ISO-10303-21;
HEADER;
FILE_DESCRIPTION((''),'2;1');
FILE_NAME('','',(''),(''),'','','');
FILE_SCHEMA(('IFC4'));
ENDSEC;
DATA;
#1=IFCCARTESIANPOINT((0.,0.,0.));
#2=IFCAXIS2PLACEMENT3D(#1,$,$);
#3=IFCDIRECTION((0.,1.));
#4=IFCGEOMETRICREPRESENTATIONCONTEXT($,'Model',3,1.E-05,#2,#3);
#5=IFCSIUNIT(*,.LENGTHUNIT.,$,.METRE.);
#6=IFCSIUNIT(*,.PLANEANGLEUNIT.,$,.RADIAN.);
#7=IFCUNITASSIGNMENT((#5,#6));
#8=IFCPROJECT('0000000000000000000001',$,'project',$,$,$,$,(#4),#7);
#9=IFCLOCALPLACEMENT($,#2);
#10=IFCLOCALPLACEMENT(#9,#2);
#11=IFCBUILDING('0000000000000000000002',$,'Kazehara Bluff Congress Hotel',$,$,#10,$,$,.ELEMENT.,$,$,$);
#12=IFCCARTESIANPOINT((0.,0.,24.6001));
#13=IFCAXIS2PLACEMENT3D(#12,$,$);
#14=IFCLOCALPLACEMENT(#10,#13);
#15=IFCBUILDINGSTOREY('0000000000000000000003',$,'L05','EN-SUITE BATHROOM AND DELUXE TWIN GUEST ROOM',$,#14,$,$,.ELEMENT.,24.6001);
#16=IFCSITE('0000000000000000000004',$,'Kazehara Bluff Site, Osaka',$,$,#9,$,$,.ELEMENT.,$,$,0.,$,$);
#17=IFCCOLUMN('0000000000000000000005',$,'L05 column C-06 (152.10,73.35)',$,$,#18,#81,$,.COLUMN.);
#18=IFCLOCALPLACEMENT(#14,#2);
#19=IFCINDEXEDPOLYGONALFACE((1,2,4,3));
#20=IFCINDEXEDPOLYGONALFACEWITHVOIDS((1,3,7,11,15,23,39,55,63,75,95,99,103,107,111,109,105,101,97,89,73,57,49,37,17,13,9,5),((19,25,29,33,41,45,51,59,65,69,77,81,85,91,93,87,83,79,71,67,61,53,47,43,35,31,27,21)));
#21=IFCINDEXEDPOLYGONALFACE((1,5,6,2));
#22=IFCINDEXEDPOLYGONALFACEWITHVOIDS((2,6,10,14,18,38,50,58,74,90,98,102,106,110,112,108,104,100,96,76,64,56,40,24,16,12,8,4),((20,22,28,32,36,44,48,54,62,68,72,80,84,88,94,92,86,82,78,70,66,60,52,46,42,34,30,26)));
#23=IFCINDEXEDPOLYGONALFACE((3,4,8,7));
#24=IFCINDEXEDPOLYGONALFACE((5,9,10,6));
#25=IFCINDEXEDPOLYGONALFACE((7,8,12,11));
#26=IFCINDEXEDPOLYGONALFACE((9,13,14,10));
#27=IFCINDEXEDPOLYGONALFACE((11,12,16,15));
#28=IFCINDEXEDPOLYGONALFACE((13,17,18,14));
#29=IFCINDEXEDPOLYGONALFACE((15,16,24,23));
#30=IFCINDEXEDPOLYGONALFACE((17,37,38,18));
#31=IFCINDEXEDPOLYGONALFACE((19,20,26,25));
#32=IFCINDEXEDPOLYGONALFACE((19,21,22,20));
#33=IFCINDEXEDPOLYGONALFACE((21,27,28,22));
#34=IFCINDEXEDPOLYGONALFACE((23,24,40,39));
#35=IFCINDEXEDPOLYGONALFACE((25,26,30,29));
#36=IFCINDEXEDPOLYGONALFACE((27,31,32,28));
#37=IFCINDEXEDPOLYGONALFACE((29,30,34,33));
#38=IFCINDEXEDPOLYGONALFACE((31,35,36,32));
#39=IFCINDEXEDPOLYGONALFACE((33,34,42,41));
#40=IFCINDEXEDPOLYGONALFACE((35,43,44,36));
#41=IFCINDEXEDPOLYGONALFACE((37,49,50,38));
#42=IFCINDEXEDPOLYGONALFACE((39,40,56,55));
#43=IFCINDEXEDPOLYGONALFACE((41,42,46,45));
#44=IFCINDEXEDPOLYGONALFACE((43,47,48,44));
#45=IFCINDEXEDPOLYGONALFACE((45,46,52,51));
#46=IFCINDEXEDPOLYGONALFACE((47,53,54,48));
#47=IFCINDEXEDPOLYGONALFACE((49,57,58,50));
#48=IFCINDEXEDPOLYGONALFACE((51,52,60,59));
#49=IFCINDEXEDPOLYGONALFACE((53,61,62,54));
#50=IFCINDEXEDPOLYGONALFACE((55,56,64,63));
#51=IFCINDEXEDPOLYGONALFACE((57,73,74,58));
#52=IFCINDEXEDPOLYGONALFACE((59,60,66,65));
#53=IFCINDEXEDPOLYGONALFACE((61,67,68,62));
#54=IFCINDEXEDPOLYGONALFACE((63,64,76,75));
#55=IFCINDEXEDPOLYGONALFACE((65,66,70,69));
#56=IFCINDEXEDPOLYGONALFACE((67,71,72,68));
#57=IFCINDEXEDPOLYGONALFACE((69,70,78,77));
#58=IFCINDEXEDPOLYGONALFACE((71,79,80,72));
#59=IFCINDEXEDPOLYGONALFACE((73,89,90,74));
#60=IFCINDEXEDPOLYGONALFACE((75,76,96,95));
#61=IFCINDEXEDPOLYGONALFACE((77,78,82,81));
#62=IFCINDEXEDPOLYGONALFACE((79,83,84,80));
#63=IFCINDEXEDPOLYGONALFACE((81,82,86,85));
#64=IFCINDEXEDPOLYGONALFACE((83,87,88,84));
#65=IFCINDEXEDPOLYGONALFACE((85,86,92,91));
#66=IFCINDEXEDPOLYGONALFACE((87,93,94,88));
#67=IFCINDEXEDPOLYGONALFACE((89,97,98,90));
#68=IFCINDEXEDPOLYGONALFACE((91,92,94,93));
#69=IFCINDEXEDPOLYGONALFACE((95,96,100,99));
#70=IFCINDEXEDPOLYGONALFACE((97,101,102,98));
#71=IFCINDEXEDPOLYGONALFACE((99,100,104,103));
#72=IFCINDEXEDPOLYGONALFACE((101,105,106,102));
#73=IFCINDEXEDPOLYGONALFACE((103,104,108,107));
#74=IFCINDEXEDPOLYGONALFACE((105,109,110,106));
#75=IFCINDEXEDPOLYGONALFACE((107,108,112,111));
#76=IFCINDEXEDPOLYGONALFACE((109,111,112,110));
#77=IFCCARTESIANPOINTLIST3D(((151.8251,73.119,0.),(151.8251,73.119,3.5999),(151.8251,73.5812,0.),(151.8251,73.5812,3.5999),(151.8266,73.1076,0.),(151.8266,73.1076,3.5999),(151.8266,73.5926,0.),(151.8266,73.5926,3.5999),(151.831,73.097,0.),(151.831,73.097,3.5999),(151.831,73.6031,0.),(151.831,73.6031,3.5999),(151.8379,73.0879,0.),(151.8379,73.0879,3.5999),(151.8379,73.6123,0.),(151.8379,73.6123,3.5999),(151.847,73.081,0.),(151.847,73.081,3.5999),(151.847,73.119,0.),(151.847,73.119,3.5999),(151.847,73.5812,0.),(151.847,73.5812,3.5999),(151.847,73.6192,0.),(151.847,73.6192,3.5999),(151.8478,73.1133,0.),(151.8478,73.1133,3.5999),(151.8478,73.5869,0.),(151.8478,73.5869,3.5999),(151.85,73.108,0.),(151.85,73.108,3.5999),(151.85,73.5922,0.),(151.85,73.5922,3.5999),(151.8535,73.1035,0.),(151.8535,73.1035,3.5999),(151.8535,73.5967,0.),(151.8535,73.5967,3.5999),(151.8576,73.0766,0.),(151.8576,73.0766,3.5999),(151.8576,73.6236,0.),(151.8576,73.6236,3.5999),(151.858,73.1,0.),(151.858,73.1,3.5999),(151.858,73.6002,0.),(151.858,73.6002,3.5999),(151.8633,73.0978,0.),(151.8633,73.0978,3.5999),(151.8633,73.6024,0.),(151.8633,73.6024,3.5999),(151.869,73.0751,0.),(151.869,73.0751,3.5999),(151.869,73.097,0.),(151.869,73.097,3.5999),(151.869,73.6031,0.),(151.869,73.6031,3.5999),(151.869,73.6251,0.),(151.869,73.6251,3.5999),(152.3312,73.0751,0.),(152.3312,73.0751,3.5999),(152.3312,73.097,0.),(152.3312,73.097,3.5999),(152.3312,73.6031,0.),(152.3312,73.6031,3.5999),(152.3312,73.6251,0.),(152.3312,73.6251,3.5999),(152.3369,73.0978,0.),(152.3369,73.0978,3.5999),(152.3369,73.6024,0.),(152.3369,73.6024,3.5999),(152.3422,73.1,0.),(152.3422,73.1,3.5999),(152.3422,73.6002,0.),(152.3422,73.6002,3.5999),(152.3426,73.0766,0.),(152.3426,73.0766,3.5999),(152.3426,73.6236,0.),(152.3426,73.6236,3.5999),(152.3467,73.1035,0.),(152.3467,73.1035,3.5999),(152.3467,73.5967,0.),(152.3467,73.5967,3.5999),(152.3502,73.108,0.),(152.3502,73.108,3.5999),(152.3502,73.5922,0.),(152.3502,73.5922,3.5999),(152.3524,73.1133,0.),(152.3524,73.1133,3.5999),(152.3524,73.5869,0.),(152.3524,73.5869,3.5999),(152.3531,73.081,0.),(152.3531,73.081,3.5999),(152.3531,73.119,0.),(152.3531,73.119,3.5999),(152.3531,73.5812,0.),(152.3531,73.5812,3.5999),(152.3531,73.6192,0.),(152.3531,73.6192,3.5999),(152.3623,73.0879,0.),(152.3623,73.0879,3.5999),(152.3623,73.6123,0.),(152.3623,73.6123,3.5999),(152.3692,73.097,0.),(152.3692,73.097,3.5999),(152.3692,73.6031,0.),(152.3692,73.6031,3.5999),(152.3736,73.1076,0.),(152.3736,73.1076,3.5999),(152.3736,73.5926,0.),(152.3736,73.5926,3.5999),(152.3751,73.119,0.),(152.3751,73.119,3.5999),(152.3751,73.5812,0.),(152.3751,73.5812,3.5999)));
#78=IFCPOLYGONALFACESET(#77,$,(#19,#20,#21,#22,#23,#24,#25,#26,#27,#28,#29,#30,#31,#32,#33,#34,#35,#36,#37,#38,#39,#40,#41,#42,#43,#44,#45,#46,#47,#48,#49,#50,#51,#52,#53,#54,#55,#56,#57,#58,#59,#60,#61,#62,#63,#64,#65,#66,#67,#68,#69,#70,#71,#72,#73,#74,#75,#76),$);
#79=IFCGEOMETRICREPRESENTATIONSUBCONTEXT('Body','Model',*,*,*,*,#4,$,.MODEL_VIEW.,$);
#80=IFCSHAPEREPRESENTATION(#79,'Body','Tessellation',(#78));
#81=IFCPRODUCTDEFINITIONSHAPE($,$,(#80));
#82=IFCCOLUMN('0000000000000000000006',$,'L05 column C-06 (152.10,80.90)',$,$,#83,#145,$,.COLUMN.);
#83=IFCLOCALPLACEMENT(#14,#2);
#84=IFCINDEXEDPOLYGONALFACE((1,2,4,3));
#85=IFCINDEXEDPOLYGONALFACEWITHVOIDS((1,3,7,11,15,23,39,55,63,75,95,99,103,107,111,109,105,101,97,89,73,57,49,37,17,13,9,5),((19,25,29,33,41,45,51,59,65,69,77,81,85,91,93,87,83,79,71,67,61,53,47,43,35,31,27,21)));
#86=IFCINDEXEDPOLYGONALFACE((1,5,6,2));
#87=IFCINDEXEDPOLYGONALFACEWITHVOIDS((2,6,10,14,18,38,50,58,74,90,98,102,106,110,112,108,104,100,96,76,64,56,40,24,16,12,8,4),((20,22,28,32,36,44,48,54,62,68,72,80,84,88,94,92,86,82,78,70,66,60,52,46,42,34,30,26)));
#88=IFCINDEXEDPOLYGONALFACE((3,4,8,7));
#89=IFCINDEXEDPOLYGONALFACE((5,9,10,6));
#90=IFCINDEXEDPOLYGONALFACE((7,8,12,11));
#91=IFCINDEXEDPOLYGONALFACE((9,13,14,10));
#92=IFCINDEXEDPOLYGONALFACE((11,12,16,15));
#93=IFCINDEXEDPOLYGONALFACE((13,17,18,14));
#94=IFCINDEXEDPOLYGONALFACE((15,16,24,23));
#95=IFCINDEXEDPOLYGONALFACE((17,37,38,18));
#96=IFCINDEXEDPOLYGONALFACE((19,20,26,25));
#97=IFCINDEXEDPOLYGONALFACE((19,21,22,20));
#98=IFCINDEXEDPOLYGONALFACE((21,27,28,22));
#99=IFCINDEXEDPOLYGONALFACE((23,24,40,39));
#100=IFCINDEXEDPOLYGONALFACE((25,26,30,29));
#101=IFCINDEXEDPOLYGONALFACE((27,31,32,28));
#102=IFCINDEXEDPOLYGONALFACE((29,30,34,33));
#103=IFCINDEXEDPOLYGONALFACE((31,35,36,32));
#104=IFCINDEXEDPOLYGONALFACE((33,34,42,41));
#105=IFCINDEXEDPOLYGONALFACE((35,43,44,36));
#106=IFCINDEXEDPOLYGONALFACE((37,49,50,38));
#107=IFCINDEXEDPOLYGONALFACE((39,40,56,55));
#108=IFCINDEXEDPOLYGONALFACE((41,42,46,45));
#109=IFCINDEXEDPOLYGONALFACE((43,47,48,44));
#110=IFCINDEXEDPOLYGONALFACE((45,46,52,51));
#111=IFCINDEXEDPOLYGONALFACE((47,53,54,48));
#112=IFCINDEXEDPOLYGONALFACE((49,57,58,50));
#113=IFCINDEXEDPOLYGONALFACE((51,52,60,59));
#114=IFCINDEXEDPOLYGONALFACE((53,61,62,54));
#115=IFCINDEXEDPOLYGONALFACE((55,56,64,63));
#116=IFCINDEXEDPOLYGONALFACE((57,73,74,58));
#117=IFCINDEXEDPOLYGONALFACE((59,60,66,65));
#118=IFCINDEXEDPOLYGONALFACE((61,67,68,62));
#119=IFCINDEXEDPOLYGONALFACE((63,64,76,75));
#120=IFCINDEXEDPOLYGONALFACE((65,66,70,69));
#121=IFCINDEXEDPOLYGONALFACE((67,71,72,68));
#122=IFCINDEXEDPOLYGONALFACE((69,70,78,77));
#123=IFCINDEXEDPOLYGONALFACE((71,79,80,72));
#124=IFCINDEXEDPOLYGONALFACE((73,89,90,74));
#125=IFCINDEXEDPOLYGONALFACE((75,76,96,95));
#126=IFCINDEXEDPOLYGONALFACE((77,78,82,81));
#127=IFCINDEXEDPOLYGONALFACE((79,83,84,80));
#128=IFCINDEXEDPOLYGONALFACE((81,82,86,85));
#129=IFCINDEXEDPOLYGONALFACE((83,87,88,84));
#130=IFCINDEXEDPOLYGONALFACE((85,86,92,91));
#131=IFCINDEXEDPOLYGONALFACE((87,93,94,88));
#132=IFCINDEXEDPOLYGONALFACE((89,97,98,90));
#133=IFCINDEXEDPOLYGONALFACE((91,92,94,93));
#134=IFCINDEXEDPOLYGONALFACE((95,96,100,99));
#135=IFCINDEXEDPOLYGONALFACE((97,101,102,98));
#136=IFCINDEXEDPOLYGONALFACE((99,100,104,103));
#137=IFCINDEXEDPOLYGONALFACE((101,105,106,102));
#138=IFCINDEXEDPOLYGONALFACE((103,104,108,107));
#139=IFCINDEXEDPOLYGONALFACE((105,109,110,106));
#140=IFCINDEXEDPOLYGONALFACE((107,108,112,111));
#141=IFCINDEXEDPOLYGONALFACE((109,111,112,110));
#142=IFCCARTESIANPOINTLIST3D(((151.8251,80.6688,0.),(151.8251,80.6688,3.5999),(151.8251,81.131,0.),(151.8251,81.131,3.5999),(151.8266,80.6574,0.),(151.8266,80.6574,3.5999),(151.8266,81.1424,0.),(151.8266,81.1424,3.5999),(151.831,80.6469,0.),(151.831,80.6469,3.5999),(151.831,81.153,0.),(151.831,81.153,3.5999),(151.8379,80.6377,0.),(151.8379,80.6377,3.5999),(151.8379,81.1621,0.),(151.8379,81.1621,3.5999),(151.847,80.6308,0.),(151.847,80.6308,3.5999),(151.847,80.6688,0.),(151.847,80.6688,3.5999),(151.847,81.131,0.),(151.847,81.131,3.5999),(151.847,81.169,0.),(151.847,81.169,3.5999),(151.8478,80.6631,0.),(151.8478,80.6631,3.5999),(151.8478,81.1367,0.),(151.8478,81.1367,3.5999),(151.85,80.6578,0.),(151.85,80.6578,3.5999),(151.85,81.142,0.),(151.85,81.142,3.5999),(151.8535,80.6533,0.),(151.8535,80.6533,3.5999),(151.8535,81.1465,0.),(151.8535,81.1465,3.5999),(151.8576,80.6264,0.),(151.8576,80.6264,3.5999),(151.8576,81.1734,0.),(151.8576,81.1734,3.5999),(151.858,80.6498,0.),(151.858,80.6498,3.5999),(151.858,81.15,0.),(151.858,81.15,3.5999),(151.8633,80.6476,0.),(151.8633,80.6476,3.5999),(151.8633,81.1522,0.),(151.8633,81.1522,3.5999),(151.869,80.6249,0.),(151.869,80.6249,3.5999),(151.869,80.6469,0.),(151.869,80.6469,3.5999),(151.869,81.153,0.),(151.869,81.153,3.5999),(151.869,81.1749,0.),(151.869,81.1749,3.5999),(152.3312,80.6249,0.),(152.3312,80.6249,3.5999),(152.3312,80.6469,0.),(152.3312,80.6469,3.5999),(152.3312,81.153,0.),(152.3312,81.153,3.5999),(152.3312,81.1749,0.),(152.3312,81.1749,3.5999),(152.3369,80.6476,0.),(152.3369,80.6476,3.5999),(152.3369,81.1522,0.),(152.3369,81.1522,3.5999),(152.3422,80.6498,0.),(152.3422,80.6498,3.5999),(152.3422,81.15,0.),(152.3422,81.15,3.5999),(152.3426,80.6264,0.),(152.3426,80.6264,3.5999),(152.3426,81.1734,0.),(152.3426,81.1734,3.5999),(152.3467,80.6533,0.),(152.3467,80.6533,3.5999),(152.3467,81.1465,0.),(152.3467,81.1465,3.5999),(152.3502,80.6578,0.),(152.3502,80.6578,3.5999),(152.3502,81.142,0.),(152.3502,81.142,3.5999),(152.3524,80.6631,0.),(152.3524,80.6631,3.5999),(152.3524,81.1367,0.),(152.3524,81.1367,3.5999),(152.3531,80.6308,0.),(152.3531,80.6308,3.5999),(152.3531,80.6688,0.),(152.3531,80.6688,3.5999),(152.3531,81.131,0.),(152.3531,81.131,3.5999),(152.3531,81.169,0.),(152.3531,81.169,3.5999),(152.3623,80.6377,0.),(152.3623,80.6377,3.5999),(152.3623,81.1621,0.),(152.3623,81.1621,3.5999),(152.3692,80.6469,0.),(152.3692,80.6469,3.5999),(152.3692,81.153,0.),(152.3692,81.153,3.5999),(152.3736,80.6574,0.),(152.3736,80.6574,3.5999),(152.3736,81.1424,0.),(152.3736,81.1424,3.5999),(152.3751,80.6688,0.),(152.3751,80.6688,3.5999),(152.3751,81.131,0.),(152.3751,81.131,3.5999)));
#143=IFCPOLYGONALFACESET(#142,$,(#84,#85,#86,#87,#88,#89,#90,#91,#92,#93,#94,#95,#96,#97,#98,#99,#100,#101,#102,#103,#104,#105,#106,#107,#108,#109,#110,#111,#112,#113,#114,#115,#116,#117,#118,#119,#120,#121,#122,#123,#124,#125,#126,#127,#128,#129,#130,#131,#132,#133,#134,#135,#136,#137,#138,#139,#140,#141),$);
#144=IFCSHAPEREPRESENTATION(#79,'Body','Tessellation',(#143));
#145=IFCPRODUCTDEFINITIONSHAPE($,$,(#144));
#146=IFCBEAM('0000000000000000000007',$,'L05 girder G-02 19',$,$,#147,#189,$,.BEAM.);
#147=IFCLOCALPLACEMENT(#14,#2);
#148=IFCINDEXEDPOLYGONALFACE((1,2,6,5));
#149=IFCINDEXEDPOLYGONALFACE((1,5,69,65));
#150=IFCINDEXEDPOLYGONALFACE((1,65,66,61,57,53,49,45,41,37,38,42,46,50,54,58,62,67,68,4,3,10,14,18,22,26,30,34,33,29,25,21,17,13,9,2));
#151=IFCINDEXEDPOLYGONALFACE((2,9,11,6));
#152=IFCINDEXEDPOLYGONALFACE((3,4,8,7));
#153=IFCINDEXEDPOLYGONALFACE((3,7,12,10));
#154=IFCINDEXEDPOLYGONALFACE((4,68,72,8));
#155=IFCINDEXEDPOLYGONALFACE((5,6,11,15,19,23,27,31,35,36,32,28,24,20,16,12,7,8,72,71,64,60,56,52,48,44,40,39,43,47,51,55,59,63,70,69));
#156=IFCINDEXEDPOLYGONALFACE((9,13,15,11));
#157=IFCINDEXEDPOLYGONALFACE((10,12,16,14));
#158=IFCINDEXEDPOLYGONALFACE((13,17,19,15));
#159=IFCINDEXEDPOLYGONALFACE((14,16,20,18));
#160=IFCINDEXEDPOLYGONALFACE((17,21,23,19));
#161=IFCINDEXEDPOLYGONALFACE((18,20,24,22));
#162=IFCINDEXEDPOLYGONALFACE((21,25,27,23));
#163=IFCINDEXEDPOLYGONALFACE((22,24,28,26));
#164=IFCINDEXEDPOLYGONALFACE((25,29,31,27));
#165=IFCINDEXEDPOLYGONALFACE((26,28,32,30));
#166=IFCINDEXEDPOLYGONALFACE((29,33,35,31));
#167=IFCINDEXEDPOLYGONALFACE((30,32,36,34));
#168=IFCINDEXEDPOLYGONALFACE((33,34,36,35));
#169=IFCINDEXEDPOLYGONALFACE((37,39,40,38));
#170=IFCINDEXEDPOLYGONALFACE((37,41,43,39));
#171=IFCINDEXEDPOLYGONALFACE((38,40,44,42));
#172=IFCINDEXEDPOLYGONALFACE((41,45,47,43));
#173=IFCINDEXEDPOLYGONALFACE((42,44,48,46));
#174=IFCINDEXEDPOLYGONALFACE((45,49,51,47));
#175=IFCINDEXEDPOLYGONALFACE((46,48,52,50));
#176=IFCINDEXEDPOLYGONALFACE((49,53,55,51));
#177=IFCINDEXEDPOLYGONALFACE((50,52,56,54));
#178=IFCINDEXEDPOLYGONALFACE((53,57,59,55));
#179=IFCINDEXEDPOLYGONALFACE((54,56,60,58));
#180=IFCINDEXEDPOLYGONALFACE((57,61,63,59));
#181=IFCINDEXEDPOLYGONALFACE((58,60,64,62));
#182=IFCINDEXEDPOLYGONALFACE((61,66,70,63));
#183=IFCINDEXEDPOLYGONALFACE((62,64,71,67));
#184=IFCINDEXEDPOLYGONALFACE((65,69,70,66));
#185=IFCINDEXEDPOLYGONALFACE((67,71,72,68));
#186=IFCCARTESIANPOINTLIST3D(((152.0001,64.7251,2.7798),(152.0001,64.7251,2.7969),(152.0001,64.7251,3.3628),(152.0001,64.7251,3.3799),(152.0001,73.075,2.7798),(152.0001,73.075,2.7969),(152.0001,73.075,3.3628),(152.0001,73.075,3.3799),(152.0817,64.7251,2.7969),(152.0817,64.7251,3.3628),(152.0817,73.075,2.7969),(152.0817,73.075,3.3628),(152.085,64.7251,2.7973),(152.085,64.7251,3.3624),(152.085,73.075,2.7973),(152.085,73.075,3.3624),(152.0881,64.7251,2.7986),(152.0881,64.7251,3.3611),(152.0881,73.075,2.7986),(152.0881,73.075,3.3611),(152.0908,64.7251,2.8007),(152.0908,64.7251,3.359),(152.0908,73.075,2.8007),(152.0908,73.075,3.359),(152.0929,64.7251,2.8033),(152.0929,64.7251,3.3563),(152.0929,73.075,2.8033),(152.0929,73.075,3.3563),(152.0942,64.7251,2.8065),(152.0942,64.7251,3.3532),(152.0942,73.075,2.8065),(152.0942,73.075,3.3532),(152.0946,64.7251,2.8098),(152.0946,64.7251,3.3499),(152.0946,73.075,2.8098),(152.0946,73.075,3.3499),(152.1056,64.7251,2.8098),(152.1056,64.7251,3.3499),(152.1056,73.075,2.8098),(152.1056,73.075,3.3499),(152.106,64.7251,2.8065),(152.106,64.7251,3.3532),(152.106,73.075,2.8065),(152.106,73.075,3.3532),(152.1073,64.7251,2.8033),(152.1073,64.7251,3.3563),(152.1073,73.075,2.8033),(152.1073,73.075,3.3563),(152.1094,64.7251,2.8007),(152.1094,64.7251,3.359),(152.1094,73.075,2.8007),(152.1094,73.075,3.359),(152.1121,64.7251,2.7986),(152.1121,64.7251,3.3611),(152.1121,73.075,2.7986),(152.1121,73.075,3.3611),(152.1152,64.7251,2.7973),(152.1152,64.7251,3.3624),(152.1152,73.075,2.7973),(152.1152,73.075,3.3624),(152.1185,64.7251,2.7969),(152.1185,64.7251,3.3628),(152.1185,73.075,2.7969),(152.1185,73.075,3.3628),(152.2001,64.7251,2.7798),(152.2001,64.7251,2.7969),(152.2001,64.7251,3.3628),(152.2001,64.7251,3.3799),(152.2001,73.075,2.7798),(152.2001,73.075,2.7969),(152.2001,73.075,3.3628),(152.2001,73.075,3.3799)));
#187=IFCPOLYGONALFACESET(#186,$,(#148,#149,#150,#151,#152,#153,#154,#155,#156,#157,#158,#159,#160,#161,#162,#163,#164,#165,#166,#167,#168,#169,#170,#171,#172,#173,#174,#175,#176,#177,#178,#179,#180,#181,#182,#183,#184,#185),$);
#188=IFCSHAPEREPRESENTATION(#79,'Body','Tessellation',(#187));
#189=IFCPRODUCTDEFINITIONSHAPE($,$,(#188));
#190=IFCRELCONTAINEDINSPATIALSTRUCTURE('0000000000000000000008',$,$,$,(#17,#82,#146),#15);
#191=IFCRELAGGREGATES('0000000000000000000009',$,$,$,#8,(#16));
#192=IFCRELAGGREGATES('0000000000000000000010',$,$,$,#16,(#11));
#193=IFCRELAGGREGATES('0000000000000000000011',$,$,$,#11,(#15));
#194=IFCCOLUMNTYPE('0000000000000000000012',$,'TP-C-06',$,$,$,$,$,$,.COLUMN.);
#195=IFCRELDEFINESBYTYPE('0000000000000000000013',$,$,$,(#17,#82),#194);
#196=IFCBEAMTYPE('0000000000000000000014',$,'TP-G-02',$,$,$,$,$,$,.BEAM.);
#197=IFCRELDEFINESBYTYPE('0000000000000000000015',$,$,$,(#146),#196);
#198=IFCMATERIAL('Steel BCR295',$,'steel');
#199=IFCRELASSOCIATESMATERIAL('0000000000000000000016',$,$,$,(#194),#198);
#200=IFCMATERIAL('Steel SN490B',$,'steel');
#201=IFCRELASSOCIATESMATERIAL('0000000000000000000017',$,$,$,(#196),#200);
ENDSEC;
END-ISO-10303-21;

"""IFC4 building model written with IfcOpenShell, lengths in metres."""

from ifc_helpers import new_model, si_unit, direction, frame, origin, origin_2d, place, context, subcontext, project, spatial, hollow_rectangle, i_section, extrude, material, material_profile, profile_set, type_object, element, save


model = new_model("IFC4")

# Units and contexts
model_context = context("Model", 3, precision=1e-05, world=origin(), true_north=direction((0.0, 1.0)))
body_context = subcontext(model_context, "Body", "Model", "MODEL_VIEW")
ifc_project = project(units=[si_unit("LENGTHUNIT", "METRE"), si_unit("PLANEANGLEUNIT", "RADIAN")], contexts=[model_context])

# Site, building, storey
site_placement = place(None, origin())
site = spatial("IfcSite", under=ifc_project, at=site_placement, Name="Kazehara Bluff Site, Osaka", CompositionType="ELEMENT", RefElevation=0.0)
building_placement = place(site_placement, origin())
building = spatial("IfcBuilding", under=site, at=building_placement, Name="Kazehara Bluff Congress Hotel", CompositionType="ELEMENT")
storey_placement = place(building_placement, frame((0.0, 0.0, 24.6001)))
storey = spatial("IfcBuildingStorey", under=building, at=storey_placement, Name="L05", Description="EN-SUITE BATHROOM AND DELUXE TWIN GUEST ROOM", CompositionType="ELEMENT", Elevation=24.6001)

# Columns
ifc_material_1 = material(Name="Steel BCR295", Category="steel")
ifc_material_profile_1 = material_profile(ifc_material_1, hollow_rectangle(XDim=0.55, YDim=0.55, WallThickness=0.022, InnerFilletRadius=0.022, OuterFilletRadius=0.0439, at=origin_2d()))
ifc_profile_set_1 = profile_set([ifc_material_profile_1], Name="Steel BCR295")
column_type = type_object("IfcColumnType", Name="TP-C-06", PredefinedType="COLUMN", material=ifc_profile_set_1)
for number, where, z_axis, x_axis, name in (
    (1, (152.1001, 73.3501, 0.0), (0.0, 0.0, 1.0), (1.0, 0.0, 0.0), "L05 column C-06 (152.10,73.35)"),
    (2, (152.1001, 80.8999, 0.0), (0.0, 0.0, 1.0), (1.0, 0.0, 0.0), "L05 column C-06 (152.10,80.90)"),
):
    element("IfcColumn", number, at=place(storey_placement, frame(where, z_axis=z_axis, x_axis=x_axis)), inside=storey, type_object=column_type, Name=name, PredefinedType="COLUMN", context=body_context, shape_type="SweptSolid", body=[
        extrude(hollow_rectangle(XDim=0.55, YDim=0.55, WallThickness=0.022, InnerFilletRadius=0.022, OuterFilletRadius=0.0439, at=origin_2d()), origin(), (0.0, 0.0, 1.0), 3.5999),
    ])

# Beam
ifc_material_2 = material(Name="Steel SN490B", Category="steel")
ifc_material_profile_2 = material_profile(ifc_material_2, i_section(OverallWidth=0.2, OverallDepth=0.6001, WebThickness=0.011, FlangeThickness=0.0171, FilletRadius=0.0129, at=origin_2d()))
ifc_profile_set_2 = profile_set([ifc_material_profile_2], Name="Steel SN490B")
beam_type_1 = type_object("IfcBeamType", Name="TP-G-02", PredefinedType="BEAM", material=ifc_profile_set_2)
beam_1_placement = place(storey_placement, frame((152.1001, 64.7251, 3.0798), z_axis=(0.0, 1.0, 0.0), x_axis=(-1.0, 0.0, 0.0)))
element("IfcBeam", 3, at=beam_1_placement, inside=storey, type_object=beam_type_1, Name="L05 girder G-02 19", PredefinedType="BEAM", context=body_context, shape_type="SweptSolid", body=[
    extrude(i_section(OverallWidth=0.2, OverallDepth=0.6001, WebThickness=0.011, FlangeThickness=0.0171, FilletRadius=0.0129, at=origin_2d()), origin(), (0.0, 0.0, 1.0), 8.3499),
])

save(model, "model.ifc")
